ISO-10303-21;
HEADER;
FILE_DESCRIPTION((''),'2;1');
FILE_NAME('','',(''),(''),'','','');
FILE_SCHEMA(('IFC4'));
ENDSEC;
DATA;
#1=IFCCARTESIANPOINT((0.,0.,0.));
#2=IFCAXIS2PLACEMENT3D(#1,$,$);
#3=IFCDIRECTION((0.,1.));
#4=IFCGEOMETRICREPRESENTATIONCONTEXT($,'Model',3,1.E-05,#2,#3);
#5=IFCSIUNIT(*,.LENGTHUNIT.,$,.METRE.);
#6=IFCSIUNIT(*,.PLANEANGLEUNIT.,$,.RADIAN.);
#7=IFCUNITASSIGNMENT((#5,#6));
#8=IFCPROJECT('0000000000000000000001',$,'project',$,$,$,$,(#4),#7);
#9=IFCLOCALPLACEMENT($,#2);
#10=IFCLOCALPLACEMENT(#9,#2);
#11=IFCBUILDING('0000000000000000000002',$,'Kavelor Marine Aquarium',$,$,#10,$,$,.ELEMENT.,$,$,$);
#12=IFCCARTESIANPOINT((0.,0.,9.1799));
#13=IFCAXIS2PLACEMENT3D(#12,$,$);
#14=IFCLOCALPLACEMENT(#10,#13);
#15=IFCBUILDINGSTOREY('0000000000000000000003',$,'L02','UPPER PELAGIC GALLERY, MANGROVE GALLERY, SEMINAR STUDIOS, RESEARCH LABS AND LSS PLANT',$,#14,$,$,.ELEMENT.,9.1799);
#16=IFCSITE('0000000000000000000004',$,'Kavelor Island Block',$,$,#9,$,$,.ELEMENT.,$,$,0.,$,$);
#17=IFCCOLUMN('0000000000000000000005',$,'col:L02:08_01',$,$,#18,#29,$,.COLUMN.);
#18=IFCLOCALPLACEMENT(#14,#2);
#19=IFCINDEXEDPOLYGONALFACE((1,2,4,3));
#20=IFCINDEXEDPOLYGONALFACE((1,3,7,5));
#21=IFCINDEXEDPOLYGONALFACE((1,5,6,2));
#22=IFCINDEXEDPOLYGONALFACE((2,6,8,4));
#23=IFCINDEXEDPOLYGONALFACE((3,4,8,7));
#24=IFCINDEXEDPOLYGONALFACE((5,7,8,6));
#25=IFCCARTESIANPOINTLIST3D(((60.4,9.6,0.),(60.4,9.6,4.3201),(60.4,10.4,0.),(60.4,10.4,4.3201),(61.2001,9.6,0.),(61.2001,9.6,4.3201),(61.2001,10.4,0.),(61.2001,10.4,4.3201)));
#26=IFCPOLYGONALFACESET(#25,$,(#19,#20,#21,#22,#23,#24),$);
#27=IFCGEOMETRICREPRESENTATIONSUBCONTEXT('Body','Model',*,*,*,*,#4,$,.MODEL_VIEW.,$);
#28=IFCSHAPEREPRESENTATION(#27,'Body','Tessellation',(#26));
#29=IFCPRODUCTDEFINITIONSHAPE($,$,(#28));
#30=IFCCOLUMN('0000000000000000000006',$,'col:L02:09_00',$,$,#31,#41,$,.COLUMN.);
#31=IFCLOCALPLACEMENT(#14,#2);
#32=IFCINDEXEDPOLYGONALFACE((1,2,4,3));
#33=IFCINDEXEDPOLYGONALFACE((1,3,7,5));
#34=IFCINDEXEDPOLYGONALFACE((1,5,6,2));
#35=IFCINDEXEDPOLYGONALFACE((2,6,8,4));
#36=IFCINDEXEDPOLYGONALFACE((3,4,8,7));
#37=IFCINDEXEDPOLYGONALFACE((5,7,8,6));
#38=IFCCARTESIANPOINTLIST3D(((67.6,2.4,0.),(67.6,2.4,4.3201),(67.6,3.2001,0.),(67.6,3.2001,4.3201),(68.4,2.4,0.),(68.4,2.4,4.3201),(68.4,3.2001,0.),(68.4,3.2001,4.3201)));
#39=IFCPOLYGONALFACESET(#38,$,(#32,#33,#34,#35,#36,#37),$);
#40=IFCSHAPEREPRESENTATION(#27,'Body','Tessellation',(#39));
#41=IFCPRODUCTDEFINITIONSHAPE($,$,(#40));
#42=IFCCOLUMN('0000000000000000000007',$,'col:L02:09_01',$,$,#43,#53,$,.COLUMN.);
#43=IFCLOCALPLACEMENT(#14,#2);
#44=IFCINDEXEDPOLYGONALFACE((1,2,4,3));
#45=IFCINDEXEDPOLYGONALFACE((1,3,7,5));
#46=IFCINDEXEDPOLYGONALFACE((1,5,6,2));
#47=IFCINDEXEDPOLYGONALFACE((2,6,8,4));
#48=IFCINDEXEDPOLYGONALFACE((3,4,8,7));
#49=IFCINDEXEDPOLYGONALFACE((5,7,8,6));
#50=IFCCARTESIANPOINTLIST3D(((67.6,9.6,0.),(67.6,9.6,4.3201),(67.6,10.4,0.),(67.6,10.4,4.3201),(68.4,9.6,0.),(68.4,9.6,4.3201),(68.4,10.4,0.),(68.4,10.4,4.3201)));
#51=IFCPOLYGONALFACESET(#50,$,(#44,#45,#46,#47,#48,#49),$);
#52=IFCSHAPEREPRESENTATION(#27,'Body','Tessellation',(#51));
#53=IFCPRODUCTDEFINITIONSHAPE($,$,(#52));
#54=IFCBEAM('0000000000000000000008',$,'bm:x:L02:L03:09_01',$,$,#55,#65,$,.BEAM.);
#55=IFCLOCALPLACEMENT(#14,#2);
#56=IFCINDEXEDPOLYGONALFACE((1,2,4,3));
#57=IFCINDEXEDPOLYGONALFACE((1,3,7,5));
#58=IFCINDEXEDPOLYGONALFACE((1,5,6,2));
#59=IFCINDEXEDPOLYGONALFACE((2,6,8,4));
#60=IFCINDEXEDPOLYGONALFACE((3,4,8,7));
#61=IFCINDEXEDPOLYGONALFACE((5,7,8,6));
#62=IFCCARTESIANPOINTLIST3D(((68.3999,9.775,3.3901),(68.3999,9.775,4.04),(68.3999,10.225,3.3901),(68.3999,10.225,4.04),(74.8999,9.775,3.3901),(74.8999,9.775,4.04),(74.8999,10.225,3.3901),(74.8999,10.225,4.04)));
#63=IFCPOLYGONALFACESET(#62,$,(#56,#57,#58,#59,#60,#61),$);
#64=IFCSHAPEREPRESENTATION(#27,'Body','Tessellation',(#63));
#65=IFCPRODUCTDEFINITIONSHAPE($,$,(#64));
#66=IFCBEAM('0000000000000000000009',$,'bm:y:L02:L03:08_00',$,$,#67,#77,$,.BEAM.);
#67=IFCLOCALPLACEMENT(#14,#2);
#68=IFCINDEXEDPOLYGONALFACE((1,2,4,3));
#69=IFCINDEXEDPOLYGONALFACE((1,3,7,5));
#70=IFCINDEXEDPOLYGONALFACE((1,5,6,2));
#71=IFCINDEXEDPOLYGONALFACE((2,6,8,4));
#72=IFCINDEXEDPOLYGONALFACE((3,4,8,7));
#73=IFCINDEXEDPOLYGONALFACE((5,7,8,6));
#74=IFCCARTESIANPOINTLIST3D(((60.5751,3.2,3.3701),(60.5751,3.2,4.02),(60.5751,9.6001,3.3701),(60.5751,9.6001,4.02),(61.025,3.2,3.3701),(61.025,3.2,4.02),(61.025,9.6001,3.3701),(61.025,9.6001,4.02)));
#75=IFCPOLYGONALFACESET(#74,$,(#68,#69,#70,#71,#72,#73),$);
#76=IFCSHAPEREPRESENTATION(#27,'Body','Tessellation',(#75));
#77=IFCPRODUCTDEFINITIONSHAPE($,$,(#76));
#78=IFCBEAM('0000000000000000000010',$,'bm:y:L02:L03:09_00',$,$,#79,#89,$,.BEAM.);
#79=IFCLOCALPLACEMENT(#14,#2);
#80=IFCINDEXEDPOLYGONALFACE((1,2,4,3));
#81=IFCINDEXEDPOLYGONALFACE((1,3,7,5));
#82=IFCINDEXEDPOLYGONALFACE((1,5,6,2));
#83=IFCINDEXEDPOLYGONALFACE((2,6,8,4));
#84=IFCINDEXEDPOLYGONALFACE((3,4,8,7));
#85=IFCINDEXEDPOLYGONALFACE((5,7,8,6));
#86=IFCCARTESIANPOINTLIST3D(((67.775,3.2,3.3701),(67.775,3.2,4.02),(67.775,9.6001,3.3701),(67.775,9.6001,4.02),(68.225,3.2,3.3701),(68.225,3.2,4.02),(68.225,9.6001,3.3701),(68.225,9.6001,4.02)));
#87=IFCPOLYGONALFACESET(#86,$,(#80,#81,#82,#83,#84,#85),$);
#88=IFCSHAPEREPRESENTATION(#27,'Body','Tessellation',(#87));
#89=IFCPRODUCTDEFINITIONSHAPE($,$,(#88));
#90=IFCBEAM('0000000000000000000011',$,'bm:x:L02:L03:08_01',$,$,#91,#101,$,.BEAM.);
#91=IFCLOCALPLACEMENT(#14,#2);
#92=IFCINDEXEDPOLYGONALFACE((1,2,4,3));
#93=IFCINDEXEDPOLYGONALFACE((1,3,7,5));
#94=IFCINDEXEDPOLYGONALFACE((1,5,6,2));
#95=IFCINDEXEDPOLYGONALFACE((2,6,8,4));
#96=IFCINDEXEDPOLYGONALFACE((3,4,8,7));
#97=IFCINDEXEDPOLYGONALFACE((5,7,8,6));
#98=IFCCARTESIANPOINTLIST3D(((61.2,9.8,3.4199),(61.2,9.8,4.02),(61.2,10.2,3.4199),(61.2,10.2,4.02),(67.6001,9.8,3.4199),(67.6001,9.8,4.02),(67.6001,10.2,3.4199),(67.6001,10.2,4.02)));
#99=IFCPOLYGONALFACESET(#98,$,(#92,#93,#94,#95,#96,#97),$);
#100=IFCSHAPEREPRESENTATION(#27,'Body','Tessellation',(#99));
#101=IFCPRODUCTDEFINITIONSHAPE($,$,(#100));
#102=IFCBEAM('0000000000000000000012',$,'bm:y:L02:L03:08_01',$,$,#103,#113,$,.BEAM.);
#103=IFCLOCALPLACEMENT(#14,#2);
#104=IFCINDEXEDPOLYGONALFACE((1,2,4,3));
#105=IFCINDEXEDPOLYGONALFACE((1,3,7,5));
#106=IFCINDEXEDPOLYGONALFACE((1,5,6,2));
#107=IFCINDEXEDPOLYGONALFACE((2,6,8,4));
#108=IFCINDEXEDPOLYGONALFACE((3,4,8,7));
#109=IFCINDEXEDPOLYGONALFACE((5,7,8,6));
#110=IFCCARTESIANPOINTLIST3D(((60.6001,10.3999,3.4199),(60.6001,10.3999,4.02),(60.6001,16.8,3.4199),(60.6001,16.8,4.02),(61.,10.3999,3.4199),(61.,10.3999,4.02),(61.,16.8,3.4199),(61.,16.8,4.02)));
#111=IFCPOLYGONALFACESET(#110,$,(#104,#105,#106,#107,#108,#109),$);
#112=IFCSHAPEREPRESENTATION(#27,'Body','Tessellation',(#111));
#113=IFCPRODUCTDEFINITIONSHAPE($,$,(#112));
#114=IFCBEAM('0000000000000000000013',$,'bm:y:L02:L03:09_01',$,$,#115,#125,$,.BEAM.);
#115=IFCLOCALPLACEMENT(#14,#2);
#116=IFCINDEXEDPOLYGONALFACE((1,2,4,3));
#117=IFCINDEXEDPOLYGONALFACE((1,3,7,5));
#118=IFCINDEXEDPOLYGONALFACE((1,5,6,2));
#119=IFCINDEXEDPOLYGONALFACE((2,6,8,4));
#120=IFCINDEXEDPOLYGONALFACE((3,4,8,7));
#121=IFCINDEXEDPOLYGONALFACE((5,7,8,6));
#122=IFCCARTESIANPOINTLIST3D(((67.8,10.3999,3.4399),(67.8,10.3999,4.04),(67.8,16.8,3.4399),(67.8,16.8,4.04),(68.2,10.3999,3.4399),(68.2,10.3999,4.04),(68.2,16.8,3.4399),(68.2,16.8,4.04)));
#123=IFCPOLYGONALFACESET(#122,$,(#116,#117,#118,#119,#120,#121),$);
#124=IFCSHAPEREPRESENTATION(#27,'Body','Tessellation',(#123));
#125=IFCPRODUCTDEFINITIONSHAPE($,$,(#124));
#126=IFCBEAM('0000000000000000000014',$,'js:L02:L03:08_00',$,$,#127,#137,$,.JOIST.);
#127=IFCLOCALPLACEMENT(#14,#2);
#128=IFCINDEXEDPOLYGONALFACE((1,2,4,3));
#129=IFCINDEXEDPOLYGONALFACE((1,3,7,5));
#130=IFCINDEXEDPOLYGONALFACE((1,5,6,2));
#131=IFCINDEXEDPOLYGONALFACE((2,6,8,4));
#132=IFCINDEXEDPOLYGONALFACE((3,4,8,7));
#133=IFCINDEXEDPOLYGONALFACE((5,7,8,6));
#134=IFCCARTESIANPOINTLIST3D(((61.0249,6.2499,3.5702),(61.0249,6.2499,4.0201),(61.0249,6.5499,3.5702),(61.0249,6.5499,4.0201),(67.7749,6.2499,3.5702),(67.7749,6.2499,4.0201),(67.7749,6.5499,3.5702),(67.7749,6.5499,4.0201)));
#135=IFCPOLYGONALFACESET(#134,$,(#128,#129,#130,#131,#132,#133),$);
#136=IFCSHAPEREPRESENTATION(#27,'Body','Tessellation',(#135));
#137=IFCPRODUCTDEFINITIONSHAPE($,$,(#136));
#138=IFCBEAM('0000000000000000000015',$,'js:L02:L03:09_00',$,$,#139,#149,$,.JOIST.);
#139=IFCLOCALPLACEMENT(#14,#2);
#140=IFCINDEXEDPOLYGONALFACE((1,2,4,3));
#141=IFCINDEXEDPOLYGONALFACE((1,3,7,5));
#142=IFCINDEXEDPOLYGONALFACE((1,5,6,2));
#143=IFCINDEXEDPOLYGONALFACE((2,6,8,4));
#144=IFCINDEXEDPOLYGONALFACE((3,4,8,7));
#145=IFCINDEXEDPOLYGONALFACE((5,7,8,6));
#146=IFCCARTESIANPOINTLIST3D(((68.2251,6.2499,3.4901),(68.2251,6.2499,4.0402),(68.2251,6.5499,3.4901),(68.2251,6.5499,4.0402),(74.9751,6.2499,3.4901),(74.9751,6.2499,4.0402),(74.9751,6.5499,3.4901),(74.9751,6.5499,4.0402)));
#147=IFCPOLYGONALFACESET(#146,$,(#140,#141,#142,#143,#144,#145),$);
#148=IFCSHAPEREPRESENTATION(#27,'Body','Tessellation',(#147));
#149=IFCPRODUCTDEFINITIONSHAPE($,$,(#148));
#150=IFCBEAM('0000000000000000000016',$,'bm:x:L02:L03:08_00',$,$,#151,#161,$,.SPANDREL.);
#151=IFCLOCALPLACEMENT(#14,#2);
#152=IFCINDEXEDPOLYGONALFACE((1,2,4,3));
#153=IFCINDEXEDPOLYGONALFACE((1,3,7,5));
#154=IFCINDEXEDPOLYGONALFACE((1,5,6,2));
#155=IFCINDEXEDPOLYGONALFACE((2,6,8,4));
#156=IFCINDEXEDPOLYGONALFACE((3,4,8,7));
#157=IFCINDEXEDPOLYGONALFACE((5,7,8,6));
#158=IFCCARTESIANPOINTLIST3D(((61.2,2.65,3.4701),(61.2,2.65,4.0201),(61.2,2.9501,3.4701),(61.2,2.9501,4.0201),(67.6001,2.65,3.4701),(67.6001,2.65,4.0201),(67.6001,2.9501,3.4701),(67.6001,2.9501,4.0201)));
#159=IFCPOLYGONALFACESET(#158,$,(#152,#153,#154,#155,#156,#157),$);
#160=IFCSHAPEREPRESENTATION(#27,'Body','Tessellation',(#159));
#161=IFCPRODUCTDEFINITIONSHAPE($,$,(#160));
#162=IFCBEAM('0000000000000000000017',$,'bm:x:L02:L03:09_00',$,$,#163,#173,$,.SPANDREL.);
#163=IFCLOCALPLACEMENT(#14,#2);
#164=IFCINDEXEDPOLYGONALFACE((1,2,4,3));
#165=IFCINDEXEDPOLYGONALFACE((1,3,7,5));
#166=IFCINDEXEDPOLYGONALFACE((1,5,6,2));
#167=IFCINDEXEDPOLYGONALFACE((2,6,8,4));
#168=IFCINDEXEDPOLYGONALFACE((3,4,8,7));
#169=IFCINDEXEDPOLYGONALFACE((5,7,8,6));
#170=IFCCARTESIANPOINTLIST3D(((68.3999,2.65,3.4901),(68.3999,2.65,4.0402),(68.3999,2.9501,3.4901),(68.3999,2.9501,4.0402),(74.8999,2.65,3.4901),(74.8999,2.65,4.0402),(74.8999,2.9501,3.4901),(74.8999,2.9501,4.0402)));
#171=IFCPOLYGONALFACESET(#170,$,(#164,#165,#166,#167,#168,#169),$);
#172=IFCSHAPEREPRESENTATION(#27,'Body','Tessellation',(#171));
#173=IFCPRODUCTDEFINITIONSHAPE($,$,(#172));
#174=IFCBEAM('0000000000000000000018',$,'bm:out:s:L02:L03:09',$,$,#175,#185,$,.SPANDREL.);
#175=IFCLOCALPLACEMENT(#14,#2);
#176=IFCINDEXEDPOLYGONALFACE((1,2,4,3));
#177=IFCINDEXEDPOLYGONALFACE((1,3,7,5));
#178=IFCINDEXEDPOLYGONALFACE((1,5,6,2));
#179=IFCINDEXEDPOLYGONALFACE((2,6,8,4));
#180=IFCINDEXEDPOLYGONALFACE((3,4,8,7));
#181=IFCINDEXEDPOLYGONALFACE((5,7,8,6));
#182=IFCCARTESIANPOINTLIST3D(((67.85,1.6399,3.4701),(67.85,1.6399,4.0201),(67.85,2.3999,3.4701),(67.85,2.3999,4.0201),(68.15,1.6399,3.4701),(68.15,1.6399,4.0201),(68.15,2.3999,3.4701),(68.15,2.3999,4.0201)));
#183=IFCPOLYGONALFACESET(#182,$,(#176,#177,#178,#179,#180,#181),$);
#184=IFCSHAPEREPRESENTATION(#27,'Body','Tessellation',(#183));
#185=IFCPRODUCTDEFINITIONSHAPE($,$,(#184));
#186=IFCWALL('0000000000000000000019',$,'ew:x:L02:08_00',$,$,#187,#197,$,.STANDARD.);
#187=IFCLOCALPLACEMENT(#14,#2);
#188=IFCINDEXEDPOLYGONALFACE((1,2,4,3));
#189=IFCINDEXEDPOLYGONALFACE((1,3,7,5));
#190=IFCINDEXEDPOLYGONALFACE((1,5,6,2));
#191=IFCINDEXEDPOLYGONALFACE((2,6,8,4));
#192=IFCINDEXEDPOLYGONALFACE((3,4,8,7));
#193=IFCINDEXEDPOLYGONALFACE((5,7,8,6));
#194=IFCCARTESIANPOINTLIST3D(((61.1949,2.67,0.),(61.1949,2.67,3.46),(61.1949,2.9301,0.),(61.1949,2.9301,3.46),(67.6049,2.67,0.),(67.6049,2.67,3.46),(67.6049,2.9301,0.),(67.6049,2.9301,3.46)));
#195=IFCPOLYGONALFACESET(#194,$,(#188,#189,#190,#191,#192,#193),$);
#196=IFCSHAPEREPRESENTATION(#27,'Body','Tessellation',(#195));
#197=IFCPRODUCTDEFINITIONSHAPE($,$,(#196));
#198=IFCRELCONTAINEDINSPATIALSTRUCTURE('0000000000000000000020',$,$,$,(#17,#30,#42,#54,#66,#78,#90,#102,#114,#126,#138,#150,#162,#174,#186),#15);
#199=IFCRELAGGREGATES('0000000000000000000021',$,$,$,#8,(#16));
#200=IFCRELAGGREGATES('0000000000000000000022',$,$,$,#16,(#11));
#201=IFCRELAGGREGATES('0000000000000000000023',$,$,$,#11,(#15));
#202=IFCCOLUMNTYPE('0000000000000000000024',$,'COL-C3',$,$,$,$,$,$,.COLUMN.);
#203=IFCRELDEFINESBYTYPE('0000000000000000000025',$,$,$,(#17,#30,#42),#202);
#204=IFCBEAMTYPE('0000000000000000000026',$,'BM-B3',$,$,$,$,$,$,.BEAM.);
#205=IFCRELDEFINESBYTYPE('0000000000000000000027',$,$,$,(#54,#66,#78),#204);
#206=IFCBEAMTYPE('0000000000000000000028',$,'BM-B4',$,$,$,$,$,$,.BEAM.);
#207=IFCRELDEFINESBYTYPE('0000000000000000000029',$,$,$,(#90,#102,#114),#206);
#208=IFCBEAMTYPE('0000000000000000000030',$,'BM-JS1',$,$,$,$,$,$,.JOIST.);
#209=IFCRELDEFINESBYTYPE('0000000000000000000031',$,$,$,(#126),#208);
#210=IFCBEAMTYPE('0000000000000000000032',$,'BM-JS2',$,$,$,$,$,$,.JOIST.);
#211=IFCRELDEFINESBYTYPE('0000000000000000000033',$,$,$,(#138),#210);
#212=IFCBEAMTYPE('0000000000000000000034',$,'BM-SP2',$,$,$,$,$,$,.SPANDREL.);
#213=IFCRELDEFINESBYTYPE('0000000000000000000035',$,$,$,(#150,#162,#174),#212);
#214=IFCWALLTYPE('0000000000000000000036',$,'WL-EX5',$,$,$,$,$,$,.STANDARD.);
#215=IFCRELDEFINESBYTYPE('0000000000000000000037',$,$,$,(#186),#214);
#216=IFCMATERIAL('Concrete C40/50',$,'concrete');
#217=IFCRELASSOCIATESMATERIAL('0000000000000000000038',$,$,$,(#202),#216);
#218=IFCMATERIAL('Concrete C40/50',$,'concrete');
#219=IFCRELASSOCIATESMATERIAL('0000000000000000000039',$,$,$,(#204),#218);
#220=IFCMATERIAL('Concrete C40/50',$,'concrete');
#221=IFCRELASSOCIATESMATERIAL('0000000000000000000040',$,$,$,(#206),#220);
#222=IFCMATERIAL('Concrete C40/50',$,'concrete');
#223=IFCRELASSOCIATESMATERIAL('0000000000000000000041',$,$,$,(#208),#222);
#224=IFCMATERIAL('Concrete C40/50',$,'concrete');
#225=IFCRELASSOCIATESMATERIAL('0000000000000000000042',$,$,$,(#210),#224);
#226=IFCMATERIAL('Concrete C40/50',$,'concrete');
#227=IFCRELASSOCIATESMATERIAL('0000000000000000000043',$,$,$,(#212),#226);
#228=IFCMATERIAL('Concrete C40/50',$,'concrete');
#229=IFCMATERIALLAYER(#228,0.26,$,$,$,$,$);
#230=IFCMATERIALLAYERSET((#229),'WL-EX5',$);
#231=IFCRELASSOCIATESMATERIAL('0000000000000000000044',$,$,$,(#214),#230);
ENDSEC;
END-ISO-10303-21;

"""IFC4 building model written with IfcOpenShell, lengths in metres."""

from ifc_helpers import new_model, si_unit, direction, frame, frame_2d, origin, origin_2d, place, context, subcontext, project, spatial, rectangle, extrude, material, layer, layer_set, material_profile, profile_set, type_object, element, save


model = new_model("IFC4")

# Units and contexts
model_context = context("Model", 3, precision=1e-05, world=origin(), true_north=direction((0.0, 1.0)))
body_context = subcontext(model_context, "Body", "Model", "MODEL_VIEW")
ifc_project = project(units=[si_unit("LENGTHUNIT", "METRE"), si_unit("PLANEANGLEUNIT", "RADIAN")], contexts=[model_context])

# Site, building, storey
site_placement = place(None, origin())
site = spatial("IfcSite", under=ifc_project, at=site_placement, Name="Kavelor Island Block", CompositionType="ELEMENT", RefElevation=0.0)
building_placement = place(site_placement, origin())
building = spatial("IfcBuilding", under=site, at=building_placement, Name="Kavelor Marine Aquarium", CompositionType="ELEMENT")
storey_placement = place(building_placement, frame((0.0, 0.0, 9.1799)))
storey = spatial("IfcBuildingStorey", under=building, at=storey_placement, Name="L02", Description="UPPER PELAGIC GALLERY, MANGROVE GALLERY, SEMINAR STUDIOS, RESEARCH LABS AND LSS PLANT", CompositionType="ELEMENT", Elevation=9.1799)

# Columns
ifc_material_1 = material(Name="Concrete C40/50", Category="concrete")
ifc_material_profile_1 = material_profile(ifc_material_1, rectangle(XDim=0.8, YDim=0.8, at=origin_2d()), Name="RC-COL 800x800")
ifc_profile_set_1 = profile_set([ifc_material_profile_1], Name="Concrete C40/50")
column_type = type_object("IfcColumnType", Name="COL-C3", PredefinedType="COLUMN", material=ifc_profile_set_1)
for number, where, z_axis, x_axis, name in (
    (1, (60.8, 10.0, 0.0), (0.0, 0.0, 1.0), (1.0, 0.0, 0.0), "col:L02:08_01"),
    (2, (68.0, 2.8, 0.0), (0.0, 0.0, 1.0), (1.0, 0.0, 0.0), "col:L02:09_00"),
    (3, (68.0, 10.0, 0.0), (0.0, 0.0, 1.0), (1.0, 0.0, 0.0), "col:L02:09_01"),
):
    element("IfcColumn", number, at=place(storey_placement, frame(where, z_axis=z_axis, x_axis=x_axis)), inside=storey, type_object=column_type, Name=name, PredefinedType="COLUMN", context=body_context, shape_type="SweptSolid", body=[
        extrude(rectangle(XDim=0.8, YDim=0.8, at=origin_2d()), origin(), (0.0, 0.0, 1.0), 4.3201),
    ])

# Beams
ifc_material_2 = material(Name="Concrete C40/50", Category="concrete")
ifc_material_profile_2 = material_profile(ifc_material_2, rectangle(XDim=0.45, YDim=0.6499, at=origin_2d()), Name="RC-BM 450x650")
ifc_profile_set_2 = profile_set([ifc_material_profile_2], Name="Concrete C40/50")
beam_type_1 = type_object("IfcBeamType", Name="BM-B3", PredefinedType="BEAM", material=ifc_profile_set_2)
beam_1_placement = place(storey_placement, frame((68.3999, 10.0, 3.7151), z_axis=(1.0, 0.0, 0.0), x_axis=(0.0, 1.0, 0.0)))
element("IfcBeam", 4, at=beam_1_placement, inside=storey, type_object=beam_type_1, Name="bm:x:L02:L03:09_01", PredefinedType="BEAM", context=body_context, shape_type="SweptSolid", body=[
    extrude(rectangle(XDim=0.45, YDim=0.6499, at=origin_2d()), origin(), (0.0, 0.0, 1.0), 6.5),
])
for number, where, z_axis, x_axis, name in (
    (5, (60.8, 3.2, 3.6951), (0.0, 1.0, 0.0), (-1.0, 0.0, 0.0), "bm:y:L02:L03:08_00"),
    (6, (68.0, 3.2, 3.6951), (0.0, 1.0, 0.0), (-1.0, 0.0, 0.0), "bm:y:L02:L03:09_00"),
):
    element("IfcBeam", number, at=place(storey_placement, frame(where, z_axis=z_axis, x_axis=x_axis)), inside=storey, type_object=beam_type_1, Name=name, PredefinedType="BEAM", context=body_context, shape_type="SweptSolid", body=[
        extrude(rectangle(XDim=0.45, YDim=0.6499, at=origin_2d()), origin(), (0.0, 0.0, 1.0), 6.4001),
    ])
ifc_material_3 = material(Name="Concrete C40/50", Category="concrete")
ifc_material_profile_3 = material_profile(ifc_material_3, rectangle(XDim=0.3999, YDim=0.6001, at=origin_2d()), Name="RC-BM 400x600")
ifc_profile_set_3 = profile_set([ifc_material_profile_3], Name="Concrete C40/50")
beam_type_2 = type_object("IfcBeamType", Name="BM-B4", PredefinedType="BEAM", material=ifc_profile_set_3)
for number, where, z_axis, x_axis, name in (
    (7, (61.2, 10.0, 3.72), (1.0, 0.0, 0.0), (0.0, 1.0, 0.0), "bm:x:L02:L03:08_01"),
    (8, (60.8, 10.3999, 3.72), (0.0, 1.0, 0.0), (-1.0, 0.0, 0.0), "bm:y:L02:L03:08_01"),
    (9, (68.0, 10.3999, 3.74), (0.0, 1.0, 0.0), (-1.0, 0.0, 0.0), "bm:y:L02:L03:09_01"),
):
    element("IfcBeam", number, at=place(storey_placement, frame(where, z_axis=z_axis, x_axis=x_axis)), inside=storey, type_object=beam_type_2, Name=name, PredefinedType="BEAM", context=body_context, shape_type="SweptSolid", body=[
        extrude(rectangle(XDim=0.3999, YDim=0.6001, at=origin_2d()), origin(), (0.0, 0.0, 1.0), 6.4001),
    ])
ifc_material_4 = material(Name="Concrete C40/50", Category="concrete")
ifc_material_profile_4 = material_profile(ifc_material_4, rectangle(XDim=0.3, YDim=0.45, at=origin_2d()), Name="RC-JS 300x450")
ifc_profile_set_4 = profile_set([ifc_material_profile_4], Name="Concrete C40/50")
beam_type_3 = type_object("IfcBeamType", Name="BM-JS1", PredefinedType="JOIST", material=ifc_profile_set_4)
beam_2_placement = place(storey_placement, frame((61.0249, 6.3999, 3.7952), z_axis=(1.0, 0.0, 0.0), x_axis=(0.0, 1.0, 0.0)))
element("IfcBeam", 10, at=beam_2_placement, inside=storey, type_object=beam_type_3, Name="js:L02:L03:08_00", PredefinedType="JOIST", context=body_context, shape_type="SweptSolid", body=[
    extrude(rectangle(XDim=0.3, YDim=0.45, at=origin_2d()), origin(), (0.0, 0.0, 1.0), 6.75),
])
ifc_material_5 = material(Name="Concrete C40/50", Category="concrete")
ifc_material_profile_5 = material_profile(ifc_material_5, rectangle(XDim=0.3, YDim=0.55, at=origin_2d()), Name="RC-JS 300x550")
ifc_profile_set_5 = profile_set([ifc_material_profile_5], Name="Concrete C40/50")
beam_type_4 = type_object("IfcBeamType", Name="BM-JS2", PredefinedType="JOIST", material=ifc_profile_set_5)
beam_3_placement = place(storey_placement, frame((68.2251, 6.3999, 3.7651), z_axis=(1.0, 0.0, 0.0), x_axis=(0.0, 1.0, 0.0)))
element("IfcBeam", 11, at=beam_3_placement, inside=storey, type_object=beam_type_4, Name="js:L02:L03:09_00", PredefinedType="JOIST", context=body_context, shape_type="SweptSolid", body=[
    extrude(rectangle(XDim=0.3, YDim=0.55, at=origin_2d()), origin(), (0.0, 0.0, 1.0), 6.75),
])
ifc_material_6 = material(Name="Concrete C40/50", Category="concrete")
ifc_material_profile_6 = material_profile(ifc_material_6, rectangle(XDim=0.3, YDim=0.55, at=origin_2d()), Name="RC-SP 300x550")
ifc_profile_set_6 = profile_set([ifc_material_profile_6], Name="Concrete C40/50")
beam_type_5 = type_object("IfcBeamType", Name="BM-SP2", PredefinedType="SPANDREL", material=ifc_profile_set_6)
beam_4_placement = place(storey_placement, frame((61.2, 2.8, 3.7451), z_axis=(1.0, 0.0, 0.0), x_axis=(0.0, 1.0, 0.0)))
element("IfcBeam", 12, at=beam_4_placement, inside=storey, type_object=beam_type_5, Name="bm:x:L02:L03:08_00", PredefinedType="SPANDREL", context=body_context, shape_type="SweptSolid", body=[
    extrude(rectangle(XDim=0.3, YDim=0.55, at=origin_2d()), origin(), (0.0, 0.0, 1.0), 6.4001),
])
beam_5_placement = place(storey_placement, frame((68.3999, 2.8, 3.7651), z_axis=(1.0, 0.0, 0.0), x_axis=(0.0, 1.0, 0.0)))
element("IfcBeam", 13, at=beam_5_placement, inside=storey, type_object=beam_type_5, Name="bm:x:L02:L03:09_00", PredefinedType="SPANDREL", context=body_context, shape_type="SweptSolid", body=[
    extrude(rectangle(XDim=0.3, YDim=0.55, at=origin_2d()), origin(), (0.0, 0.0, 1.0), 6.5),
])
beam_6_placement = place(storey_placement, frame((68.0, 1.6399, 3.7451), z_axis=(0.0, 1.0, 0.0), x_axis=(-1.0, 0.0, 0.0)))
element("IfcBeam", 14, at=beam_6_placement, inside=storey, type_object=beam_type_5, Name="bm:out:s:L02:L03:09", PredefinedType="SPANDREL", context=body_context, shape_type="SweptSolid", body=[
    extrude(rectangle(XDim=0.3, YDim=0.55, at=origin_2d()), origin(), (0.0, 0.0, 1.0), 0.76),
])

# Wall
ifc_material_7 = material(Name="Concrete C40/50", Category="concrete")
ifc_layer_1 = layer(ifc_material_7, 0.26)
ifc_layer_set_1 = layer_set([ifc_layer_1], Name="WL-EX5")
wall_type_1 = type_object("IfcWallType", Name="WL-EX5", PredefinedType="STANDARD", material=ifc_layer_set_1)
wall_1_placement = place(storey_placement, frame((67.605, 2.8, 0.0), z_axis=(0.0, 0.0, 1.0), x_axis=(-1.0, 0.0, 0.0)))
element("IfcWall", 15, at=wall_1_placement, inside=storey, type_object=wall_type_1, Name="ew:x:L02:08_00", PredefinedType="STANDARD", context=body_context, shape_type="SweptSolid", body=[
    extrude(rectangle(XDim=6.4099, YDim=0.26, at=frame_2d((3.2051, 0.0))), origin(), (0.0, 0.0, 1.0), 3.46),
])

save(model, "model.ifc")
